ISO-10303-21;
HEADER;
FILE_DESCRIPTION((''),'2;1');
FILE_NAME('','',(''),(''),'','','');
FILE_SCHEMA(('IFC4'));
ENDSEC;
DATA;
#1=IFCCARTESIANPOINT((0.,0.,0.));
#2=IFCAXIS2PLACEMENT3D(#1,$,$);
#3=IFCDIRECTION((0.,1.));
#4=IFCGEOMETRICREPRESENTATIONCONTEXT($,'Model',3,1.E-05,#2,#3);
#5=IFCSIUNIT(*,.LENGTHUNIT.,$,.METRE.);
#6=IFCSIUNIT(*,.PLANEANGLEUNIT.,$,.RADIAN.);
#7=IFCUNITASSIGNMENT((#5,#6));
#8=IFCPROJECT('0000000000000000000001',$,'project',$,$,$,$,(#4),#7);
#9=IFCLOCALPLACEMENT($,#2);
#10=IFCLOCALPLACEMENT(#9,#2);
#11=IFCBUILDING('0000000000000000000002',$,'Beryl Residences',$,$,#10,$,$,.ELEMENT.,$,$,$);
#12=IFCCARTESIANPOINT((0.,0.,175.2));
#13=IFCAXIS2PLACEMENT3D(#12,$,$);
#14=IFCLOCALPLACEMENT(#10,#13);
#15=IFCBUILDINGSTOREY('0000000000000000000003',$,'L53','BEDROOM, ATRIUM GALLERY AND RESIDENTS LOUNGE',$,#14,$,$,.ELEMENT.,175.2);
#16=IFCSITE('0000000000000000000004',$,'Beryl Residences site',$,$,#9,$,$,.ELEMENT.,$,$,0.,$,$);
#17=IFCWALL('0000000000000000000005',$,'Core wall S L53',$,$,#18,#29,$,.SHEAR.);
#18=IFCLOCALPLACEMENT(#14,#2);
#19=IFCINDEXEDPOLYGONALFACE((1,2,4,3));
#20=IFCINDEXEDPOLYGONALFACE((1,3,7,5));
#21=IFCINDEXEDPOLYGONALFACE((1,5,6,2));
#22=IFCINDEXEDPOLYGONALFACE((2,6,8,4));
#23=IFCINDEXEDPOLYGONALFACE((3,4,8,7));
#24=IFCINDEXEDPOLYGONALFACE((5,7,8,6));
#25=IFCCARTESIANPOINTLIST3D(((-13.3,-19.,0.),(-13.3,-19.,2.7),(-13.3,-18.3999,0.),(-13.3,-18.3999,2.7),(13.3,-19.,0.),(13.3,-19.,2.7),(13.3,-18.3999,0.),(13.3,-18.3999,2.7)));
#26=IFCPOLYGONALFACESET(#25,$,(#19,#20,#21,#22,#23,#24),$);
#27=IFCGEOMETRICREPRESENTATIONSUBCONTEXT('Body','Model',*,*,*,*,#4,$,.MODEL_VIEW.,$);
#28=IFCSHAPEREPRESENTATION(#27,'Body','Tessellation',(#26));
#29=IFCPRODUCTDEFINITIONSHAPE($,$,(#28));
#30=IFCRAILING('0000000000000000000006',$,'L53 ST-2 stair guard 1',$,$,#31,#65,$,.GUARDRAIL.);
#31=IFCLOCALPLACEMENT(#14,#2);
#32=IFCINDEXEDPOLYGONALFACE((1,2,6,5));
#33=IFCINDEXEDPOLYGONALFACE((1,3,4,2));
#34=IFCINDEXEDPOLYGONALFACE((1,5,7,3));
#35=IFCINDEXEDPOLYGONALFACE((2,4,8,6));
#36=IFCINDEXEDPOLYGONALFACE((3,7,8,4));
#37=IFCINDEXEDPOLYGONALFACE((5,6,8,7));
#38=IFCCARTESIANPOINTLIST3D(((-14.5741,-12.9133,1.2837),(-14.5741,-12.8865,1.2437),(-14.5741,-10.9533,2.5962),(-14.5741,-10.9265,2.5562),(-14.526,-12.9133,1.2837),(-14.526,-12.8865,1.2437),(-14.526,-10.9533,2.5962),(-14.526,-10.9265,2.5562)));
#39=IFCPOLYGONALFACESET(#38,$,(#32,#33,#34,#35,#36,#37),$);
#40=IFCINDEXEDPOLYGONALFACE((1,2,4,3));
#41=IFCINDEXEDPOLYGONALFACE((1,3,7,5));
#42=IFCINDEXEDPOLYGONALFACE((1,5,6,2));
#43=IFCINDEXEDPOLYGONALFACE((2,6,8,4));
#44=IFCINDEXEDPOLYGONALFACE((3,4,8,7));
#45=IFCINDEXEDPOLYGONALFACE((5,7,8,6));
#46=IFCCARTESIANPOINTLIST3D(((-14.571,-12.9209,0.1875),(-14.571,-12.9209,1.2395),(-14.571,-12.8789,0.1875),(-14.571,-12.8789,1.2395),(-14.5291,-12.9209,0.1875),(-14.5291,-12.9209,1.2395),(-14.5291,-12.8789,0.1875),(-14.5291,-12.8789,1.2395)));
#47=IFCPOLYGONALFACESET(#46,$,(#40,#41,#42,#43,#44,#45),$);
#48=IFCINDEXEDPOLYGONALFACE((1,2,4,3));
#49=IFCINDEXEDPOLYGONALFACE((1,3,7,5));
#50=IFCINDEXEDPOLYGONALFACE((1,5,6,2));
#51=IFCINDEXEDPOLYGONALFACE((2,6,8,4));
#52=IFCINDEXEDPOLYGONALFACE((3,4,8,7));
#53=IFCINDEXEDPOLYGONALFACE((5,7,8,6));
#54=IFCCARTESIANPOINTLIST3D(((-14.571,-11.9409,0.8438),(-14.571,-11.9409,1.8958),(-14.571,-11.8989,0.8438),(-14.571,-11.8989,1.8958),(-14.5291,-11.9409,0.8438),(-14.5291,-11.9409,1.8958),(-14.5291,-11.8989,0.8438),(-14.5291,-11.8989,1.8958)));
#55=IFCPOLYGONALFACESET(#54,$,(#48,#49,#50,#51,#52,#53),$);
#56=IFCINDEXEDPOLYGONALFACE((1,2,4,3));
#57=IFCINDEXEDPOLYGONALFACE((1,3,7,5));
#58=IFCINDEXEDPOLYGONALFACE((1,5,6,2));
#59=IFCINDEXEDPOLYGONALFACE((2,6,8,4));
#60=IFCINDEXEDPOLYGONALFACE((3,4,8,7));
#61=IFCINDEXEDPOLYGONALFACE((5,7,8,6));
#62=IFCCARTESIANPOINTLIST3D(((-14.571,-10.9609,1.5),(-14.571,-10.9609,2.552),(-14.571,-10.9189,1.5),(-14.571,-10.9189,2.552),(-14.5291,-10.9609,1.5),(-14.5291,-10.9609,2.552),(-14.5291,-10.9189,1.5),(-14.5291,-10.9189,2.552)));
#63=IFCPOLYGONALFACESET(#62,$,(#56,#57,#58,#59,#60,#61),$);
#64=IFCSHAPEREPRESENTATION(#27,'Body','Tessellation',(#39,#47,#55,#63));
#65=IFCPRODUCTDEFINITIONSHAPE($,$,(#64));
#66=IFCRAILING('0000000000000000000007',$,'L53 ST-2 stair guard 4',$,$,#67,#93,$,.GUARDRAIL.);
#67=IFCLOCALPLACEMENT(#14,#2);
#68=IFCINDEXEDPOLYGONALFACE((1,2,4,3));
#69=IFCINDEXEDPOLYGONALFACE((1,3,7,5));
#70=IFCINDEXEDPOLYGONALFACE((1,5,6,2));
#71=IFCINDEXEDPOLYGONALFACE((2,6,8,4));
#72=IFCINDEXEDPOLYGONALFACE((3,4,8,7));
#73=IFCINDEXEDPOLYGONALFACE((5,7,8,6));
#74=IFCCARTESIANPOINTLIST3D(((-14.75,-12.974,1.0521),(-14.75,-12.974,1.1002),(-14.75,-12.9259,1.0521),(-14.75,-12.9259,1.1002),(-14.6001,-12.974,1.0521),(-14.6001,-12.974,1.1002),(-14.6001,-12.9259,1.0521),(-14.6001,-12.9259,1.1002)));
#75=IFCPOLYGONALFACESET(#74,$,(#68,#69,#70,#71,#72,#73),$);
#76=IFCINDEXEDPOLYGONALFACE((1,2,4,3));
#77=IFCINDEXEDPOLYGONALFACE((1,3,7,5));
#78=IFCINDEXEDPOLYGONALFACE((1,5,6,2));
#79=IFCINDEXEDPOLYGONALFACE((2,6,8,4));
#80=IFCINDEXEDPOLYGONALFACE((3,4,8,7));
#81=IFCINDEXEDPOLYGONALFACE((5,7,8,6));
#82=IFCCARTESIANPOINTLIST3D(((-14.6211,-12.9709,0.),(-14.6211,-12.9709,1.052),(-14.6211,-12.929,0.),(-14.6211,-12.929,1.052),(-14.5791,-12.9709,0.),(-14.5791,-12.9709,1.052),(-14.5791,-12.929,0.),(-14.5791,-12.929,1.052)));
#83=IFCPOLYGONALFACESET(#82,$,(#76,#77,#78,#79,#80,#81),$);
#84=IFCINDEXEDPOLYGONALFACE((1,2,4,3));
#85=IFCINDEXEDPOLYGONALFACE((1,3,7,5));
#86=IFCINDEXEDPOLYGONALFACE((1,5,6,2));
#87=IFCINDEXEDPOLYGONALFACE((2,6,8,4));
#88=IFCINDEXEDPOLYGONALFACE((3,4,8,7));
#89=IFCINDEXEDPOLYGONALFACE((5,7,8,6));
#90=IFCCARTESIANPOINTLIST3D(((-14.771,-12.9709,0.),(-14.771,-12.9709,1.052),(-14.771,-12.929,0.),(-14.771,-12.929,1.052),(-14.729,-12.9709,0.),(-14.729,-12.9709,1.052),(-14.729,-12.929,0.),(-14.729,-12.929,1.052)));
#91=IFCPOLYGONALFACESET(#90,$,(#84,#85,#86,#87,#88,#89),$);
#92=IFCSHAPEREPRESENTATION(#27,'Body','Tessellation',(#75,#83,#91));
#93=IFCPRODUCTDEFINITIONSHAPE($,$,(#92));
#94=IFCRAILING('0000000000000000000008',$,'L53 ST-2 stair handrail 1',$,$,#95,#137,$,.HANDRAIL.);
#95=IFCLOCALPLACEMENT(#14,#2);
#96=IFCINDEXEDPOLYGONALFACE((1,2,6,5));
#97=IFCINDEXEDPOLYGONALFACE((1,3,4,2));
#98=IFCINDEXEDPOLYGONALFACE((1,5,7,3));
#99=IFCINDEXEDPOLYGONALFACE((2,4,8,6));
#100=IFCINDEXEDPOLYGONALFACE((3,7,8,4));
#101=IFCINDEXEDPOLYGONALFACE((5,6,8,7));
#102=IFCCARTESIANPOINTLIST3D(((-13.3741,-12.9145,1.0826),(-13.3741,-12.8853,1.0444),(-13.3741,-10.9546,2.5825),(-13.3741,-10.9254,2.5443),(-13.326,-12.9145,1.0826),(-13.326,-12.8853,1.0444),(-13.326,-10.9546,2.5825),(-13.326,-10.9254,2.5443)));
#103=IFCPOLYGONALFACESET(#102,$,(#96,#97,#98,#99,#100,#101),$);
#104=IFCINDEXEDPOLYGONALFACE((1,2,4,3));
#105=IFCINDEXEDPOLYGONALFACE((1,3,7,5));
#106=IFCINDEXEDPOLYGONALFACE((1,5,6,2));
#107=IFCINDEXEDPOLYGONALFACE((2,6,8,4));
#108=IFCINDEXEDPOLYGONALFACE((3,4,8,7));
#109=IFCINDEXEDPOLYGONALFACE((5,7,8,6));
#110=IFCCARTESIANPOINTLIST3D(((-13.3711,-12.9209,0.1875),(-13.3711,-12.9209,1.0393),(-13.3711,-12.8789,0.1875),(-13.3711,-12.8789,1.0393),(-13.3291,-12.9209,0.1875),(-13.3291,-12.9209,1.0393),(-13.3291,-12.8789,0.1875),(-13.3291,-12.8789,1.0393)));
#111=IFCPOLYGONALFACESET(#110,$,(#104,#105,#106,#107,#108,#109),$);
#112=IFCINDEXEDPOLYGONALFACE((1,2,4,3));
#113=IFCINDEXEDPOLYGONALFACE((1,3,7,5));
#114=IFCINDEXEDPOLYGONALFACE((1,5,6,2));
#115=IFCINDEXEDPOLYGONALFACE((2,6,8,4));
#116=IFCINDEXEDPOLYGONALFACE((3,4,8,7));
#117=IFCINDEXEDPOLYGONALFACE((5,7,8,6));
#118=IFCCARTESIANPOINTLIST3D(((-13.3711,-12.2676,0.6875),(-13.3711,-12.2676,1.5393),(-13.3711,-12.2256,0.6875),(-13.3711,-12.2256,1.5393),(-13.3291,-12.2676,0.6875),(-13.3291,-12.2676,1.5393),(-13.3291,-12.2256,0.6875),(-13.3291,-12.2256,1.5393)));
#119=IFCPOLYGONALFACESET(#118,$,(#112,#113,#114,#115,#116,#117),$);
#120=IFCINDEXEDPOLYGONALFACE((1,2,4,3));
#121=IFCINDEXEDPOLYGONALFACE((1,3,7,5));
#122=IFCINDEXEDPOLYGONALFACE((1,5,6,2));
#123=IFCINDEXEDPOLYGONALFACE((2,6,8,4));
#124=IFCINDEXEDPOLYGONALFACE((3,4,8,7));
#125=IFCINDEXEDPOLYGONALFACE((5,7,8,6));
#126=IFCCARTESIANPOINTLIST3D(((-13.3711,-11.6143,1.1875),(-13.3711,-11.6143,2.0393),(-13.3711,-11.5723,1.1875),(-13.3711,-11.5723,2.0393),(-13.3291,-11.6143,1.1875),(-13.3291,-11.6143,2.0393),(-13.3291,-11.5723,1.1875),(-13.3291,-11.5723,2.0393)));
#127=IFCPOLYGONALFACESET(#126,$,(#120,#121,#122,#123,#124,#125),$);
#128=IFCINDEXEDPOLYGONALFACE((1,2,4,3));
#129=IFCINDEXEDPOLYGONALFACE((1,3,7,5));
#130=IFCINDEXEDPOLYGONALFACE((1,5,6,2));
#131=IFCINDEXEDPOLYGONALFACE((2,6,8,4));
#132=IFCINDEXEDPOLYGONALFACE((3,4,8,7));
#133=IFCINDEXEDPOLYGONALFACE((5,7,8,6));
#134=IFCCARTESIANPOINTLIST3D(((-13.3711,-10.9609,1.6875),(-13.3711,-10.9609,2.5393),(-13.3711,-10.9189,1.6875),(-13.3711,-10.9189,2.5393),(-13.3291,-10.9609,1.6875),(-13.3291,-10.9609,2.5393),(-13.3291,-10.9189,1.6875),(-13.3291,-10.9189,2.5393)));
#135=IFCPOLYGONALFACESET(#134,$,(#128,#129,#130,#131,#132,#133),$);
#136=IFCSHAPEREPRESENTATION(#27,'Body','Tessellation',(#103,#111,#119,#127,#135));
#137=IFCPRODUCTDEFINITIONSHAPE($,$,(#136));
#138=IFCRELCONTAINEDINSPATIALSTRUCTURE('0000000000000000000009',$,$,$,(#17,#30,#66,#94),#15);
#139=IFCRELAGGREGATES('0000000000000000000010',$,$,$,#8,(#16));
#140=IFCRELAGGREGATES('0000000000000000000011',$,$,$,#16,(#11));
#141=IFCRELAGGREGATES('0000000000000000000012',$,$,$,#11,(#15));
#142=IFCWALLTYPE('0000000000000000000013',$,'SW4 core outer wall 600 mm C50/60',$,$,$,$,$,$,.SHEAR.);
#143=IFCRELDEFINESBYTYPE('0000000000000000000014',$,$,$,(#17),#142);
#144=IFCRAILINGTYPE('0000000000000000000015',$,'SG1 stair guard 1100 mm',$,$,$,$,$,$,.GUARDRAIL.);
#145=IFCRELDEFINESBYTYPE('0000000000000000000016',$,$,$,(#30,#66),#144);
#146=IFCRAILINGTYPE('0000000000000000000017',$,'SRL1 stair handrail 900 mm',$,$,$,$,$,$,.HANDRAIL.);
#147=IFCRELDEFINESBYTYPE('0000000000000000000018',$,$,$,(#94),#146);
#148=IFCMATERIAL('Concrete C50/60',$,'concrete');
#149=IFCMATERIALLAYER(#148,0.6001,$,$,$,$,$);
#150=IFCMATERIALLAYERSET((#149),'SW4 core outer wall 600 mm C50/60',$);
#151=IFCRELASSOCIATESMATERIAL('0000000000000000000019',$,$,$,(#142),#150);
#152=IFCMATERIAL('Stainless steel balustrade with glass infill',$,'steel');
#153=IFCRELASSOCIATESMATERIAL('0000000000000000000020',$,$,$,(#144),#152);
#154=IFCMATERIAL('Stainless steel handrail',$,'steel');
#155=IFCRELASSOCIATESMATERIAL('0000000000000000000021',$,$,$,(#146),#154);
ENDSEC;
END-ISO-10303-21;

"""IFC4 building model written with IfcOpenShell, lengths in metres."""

from ifc_helpers import new_model, si_unit, direction, frame, frame_2d, origin, origin_2d, place, context, subcontext, project, spatial, rectangle, extrude, material, layer, layer_set, type_object, element, save


model = new_model("IFC4")

# Units and contexts
model_context = context("Model", 3, precision=1e-05, world=origin(), true_north=direction((0.0, 1.0)))
body_context = subcontext(model_context, "Body", "Model", "MODEL_VIEW")
ifc_project = project(units=[si_unit("LENGTHUNIT", "METRE"), si_unit("PLANEANGLEUNIT", "RADIAN")], contexts=[model_context])

# Site, building, storey
site_placement = place(None, origin())
site = spatial("IfcSite", under=ifc_project, at=site_placement, Name="Beryl Residences site", CompositionType="ELEMENT", RefElevation=0.0)
building_placement = place(site_placement, origin())
building = spatial("IfcBuilding", under=site, at=building_placement, Name="Beryl Residences", CompositionType="ELEMENT")
storey_placement = place(building_placement, frame((0.0, 0.0, 175.2)))
storey = spatial("IfcBuildingStorey", under=building, at=storey_placement, Name="L53", Description="BEDROOM, ATRIUM GALLERY AND RESIDENTS LOUNGE", CompositionType="ELEMENT", Elevation=175.2)

# Wall
ifc_material_1 = material(Name="Concrete C50/60", Category="concrete")
ifc_layer_1 = layer(ifc_material_1, 0.6001)
ifc_layer_set_1 = layer_set([ifc_layer_1], Name="SW4 core outer wall 600 mm C50/60")
wall_type_1 = type_object("IfcWallType", Name="SW4 core outer wall 600 mm C50/60", PredefinedType="SHEAR", material=ifc_layer_set_1)
wall_1_placement = place(storey_placement, frame((-13.3, -18.7, 0.0), z_axis=(0.0, 0.0, 1.0), x_axis=(1.0, 0.0, 0.0)))
element("IfcWall", 1, at=wall_1_placement, inside=storey, type_object=wall_type_1, Name="Core wall S L53", PredefinedType="SHEAR", context=body_context, shape_type="SweptSolid", body=[
    extrude(rectangle(XDim=26.6001, YDim=0.6001, at=frame_2d((13.3, 0.0))), origin(), (0.0, 0.0, 1.0), 2.7),
])

# Railings
ifc_material_2 = material(Name="Stainless steel balustrade with glass infill", Category="steel")
railing_type_1 = type_object("IfcRailingType", Name="SG1 stair guard 1100 mm", PredefinedType="GUARDRAIL", material=ifc_material_2)
railing_1_placement = place(storey_placement, frame((-14.55, -12.8999, 0.1875)))
element("IfcRailing", 2, at=railing_1_placement, inside=storey, type_object=railing_type_1, Name="L53 ST-2 stair guard 1", PredefinedType="GUARDRAIL", context=body_context, shape_type="SweptSolid", body=[
    extrude(rectangle(XDim=0.0481, YDim=0.0481, at=origin_2d()), frame((0.0, 0.0, 1.0762), z_axis=(0.0, 0.830902, 0.556419), x_axis=(-1.0, 0.0, 0.0)), (0.0, 0.0, 1.0), 2.3589),
    extrude(rectangle(XDim=0.042, YDim=0.042, at=origin_2d()), origin(), (0.0, 0.0, 1.0), 1.052),
    extrude(rectangle(XDim=0.042, YDim=0.042, at=origin_2d()), frame((0.0, 0.98, 0.6562)), (0.0, 0.0, 1.0), 1.052),
    extrude(rectangle(XDim=0.042, YDim=0.042, at=origin_2d()), frame((0.0, 1.96, 1.3125)), (0.0, 0.0, 1.0), 1.052),
])
railing_2_placement = place(storey_placement, frame((-14.6001, -12.95, 0.0)))
element("IfcRailing", 3, at=railing_2_placement, inside=storey, type_object=railing_type_1, Name="L53 ST-2 stair guard 4", PredefinedType="GUARDRAIL", context=body_context, shape_type="SweptSolid", body=[
    extrude(rectangle(XDim=0.0481, YDim=0.0481, at=origin_2d()), frame((0.0, 0.0, 1.0762), z_axis=(-1.0, 0.0, 0.0), x_axis=(0.0, -1.0, 0.0)), (0.0, 0.0, 1.0), 0.1499),
    extrude(rectangle(XDim=0.042, YDim=0.042, at=origin_2d()), origin(), (0.0, 0.0, 1.0), 1.052),
    extrude(rectangle(XDim=0.042, YDim=0.042, at=origin_2d()), frame((-0.1499, 0.0, 0.0)), (0.0, 0.0, 1.0), 1.052),
])
ifc_material_3 = material(Name="Stainless steel handrail", Category="steel")
railing_type_2 = type_object("IfcRailingType", Name="SRL1 stair handrail 900 mm", PredefinedType="HANDRAIL", material=ifc_material_3)
railing_3_placement = place(storey_placement, frame((-13.3501, -12.8999, 0.1875)))
element("IfcRailing", 4, at=railing_3_placement, inside=storey, type_object=railing_type_2, Name="L53 ST-2 stair handrail 1", PredefinedType="HANDRAIL", context=body_context, shape_type="SweptSolid", body=[
    extrude(rectangle(XDim=0.0481, YDim=0.0481, at=origin_2d()), frame((0.0, 0.0, 0.876), z_axis=(0.0, 0.794122, 0.607758), x_axis=(-1.0, 0.0, 0.0)), (0.0, 0.0, 1.0), 2.468),
    extrude(rectangle(XDim=0.042, YDim=0.042, at=origin_2d()), origin(), (0.0, 0.0, 1.0), 0.8518),
    extrude(rectangle(XDim=0.042, YDim=0.042, at=origin_2d()), frame((0.0, 0.6533, 0.5)), (0.0, 0.0, 1.0), 0.8518),
    extrude(rectangle(XDim=0.042, YDim=0.042, at=origin_2d()), frame((0.0, 1.3066, 1.0)), (0.0, 0.0, 1.0), 0.8518),
    extrude(rectangle(XDim=0.042, YDim=0.042, at=origin_2d()), frame((0.0, 1.96, 1.5)), (0.0, 0.0, 1.0), 0.8518),
])

save(model, "model.ifc")
